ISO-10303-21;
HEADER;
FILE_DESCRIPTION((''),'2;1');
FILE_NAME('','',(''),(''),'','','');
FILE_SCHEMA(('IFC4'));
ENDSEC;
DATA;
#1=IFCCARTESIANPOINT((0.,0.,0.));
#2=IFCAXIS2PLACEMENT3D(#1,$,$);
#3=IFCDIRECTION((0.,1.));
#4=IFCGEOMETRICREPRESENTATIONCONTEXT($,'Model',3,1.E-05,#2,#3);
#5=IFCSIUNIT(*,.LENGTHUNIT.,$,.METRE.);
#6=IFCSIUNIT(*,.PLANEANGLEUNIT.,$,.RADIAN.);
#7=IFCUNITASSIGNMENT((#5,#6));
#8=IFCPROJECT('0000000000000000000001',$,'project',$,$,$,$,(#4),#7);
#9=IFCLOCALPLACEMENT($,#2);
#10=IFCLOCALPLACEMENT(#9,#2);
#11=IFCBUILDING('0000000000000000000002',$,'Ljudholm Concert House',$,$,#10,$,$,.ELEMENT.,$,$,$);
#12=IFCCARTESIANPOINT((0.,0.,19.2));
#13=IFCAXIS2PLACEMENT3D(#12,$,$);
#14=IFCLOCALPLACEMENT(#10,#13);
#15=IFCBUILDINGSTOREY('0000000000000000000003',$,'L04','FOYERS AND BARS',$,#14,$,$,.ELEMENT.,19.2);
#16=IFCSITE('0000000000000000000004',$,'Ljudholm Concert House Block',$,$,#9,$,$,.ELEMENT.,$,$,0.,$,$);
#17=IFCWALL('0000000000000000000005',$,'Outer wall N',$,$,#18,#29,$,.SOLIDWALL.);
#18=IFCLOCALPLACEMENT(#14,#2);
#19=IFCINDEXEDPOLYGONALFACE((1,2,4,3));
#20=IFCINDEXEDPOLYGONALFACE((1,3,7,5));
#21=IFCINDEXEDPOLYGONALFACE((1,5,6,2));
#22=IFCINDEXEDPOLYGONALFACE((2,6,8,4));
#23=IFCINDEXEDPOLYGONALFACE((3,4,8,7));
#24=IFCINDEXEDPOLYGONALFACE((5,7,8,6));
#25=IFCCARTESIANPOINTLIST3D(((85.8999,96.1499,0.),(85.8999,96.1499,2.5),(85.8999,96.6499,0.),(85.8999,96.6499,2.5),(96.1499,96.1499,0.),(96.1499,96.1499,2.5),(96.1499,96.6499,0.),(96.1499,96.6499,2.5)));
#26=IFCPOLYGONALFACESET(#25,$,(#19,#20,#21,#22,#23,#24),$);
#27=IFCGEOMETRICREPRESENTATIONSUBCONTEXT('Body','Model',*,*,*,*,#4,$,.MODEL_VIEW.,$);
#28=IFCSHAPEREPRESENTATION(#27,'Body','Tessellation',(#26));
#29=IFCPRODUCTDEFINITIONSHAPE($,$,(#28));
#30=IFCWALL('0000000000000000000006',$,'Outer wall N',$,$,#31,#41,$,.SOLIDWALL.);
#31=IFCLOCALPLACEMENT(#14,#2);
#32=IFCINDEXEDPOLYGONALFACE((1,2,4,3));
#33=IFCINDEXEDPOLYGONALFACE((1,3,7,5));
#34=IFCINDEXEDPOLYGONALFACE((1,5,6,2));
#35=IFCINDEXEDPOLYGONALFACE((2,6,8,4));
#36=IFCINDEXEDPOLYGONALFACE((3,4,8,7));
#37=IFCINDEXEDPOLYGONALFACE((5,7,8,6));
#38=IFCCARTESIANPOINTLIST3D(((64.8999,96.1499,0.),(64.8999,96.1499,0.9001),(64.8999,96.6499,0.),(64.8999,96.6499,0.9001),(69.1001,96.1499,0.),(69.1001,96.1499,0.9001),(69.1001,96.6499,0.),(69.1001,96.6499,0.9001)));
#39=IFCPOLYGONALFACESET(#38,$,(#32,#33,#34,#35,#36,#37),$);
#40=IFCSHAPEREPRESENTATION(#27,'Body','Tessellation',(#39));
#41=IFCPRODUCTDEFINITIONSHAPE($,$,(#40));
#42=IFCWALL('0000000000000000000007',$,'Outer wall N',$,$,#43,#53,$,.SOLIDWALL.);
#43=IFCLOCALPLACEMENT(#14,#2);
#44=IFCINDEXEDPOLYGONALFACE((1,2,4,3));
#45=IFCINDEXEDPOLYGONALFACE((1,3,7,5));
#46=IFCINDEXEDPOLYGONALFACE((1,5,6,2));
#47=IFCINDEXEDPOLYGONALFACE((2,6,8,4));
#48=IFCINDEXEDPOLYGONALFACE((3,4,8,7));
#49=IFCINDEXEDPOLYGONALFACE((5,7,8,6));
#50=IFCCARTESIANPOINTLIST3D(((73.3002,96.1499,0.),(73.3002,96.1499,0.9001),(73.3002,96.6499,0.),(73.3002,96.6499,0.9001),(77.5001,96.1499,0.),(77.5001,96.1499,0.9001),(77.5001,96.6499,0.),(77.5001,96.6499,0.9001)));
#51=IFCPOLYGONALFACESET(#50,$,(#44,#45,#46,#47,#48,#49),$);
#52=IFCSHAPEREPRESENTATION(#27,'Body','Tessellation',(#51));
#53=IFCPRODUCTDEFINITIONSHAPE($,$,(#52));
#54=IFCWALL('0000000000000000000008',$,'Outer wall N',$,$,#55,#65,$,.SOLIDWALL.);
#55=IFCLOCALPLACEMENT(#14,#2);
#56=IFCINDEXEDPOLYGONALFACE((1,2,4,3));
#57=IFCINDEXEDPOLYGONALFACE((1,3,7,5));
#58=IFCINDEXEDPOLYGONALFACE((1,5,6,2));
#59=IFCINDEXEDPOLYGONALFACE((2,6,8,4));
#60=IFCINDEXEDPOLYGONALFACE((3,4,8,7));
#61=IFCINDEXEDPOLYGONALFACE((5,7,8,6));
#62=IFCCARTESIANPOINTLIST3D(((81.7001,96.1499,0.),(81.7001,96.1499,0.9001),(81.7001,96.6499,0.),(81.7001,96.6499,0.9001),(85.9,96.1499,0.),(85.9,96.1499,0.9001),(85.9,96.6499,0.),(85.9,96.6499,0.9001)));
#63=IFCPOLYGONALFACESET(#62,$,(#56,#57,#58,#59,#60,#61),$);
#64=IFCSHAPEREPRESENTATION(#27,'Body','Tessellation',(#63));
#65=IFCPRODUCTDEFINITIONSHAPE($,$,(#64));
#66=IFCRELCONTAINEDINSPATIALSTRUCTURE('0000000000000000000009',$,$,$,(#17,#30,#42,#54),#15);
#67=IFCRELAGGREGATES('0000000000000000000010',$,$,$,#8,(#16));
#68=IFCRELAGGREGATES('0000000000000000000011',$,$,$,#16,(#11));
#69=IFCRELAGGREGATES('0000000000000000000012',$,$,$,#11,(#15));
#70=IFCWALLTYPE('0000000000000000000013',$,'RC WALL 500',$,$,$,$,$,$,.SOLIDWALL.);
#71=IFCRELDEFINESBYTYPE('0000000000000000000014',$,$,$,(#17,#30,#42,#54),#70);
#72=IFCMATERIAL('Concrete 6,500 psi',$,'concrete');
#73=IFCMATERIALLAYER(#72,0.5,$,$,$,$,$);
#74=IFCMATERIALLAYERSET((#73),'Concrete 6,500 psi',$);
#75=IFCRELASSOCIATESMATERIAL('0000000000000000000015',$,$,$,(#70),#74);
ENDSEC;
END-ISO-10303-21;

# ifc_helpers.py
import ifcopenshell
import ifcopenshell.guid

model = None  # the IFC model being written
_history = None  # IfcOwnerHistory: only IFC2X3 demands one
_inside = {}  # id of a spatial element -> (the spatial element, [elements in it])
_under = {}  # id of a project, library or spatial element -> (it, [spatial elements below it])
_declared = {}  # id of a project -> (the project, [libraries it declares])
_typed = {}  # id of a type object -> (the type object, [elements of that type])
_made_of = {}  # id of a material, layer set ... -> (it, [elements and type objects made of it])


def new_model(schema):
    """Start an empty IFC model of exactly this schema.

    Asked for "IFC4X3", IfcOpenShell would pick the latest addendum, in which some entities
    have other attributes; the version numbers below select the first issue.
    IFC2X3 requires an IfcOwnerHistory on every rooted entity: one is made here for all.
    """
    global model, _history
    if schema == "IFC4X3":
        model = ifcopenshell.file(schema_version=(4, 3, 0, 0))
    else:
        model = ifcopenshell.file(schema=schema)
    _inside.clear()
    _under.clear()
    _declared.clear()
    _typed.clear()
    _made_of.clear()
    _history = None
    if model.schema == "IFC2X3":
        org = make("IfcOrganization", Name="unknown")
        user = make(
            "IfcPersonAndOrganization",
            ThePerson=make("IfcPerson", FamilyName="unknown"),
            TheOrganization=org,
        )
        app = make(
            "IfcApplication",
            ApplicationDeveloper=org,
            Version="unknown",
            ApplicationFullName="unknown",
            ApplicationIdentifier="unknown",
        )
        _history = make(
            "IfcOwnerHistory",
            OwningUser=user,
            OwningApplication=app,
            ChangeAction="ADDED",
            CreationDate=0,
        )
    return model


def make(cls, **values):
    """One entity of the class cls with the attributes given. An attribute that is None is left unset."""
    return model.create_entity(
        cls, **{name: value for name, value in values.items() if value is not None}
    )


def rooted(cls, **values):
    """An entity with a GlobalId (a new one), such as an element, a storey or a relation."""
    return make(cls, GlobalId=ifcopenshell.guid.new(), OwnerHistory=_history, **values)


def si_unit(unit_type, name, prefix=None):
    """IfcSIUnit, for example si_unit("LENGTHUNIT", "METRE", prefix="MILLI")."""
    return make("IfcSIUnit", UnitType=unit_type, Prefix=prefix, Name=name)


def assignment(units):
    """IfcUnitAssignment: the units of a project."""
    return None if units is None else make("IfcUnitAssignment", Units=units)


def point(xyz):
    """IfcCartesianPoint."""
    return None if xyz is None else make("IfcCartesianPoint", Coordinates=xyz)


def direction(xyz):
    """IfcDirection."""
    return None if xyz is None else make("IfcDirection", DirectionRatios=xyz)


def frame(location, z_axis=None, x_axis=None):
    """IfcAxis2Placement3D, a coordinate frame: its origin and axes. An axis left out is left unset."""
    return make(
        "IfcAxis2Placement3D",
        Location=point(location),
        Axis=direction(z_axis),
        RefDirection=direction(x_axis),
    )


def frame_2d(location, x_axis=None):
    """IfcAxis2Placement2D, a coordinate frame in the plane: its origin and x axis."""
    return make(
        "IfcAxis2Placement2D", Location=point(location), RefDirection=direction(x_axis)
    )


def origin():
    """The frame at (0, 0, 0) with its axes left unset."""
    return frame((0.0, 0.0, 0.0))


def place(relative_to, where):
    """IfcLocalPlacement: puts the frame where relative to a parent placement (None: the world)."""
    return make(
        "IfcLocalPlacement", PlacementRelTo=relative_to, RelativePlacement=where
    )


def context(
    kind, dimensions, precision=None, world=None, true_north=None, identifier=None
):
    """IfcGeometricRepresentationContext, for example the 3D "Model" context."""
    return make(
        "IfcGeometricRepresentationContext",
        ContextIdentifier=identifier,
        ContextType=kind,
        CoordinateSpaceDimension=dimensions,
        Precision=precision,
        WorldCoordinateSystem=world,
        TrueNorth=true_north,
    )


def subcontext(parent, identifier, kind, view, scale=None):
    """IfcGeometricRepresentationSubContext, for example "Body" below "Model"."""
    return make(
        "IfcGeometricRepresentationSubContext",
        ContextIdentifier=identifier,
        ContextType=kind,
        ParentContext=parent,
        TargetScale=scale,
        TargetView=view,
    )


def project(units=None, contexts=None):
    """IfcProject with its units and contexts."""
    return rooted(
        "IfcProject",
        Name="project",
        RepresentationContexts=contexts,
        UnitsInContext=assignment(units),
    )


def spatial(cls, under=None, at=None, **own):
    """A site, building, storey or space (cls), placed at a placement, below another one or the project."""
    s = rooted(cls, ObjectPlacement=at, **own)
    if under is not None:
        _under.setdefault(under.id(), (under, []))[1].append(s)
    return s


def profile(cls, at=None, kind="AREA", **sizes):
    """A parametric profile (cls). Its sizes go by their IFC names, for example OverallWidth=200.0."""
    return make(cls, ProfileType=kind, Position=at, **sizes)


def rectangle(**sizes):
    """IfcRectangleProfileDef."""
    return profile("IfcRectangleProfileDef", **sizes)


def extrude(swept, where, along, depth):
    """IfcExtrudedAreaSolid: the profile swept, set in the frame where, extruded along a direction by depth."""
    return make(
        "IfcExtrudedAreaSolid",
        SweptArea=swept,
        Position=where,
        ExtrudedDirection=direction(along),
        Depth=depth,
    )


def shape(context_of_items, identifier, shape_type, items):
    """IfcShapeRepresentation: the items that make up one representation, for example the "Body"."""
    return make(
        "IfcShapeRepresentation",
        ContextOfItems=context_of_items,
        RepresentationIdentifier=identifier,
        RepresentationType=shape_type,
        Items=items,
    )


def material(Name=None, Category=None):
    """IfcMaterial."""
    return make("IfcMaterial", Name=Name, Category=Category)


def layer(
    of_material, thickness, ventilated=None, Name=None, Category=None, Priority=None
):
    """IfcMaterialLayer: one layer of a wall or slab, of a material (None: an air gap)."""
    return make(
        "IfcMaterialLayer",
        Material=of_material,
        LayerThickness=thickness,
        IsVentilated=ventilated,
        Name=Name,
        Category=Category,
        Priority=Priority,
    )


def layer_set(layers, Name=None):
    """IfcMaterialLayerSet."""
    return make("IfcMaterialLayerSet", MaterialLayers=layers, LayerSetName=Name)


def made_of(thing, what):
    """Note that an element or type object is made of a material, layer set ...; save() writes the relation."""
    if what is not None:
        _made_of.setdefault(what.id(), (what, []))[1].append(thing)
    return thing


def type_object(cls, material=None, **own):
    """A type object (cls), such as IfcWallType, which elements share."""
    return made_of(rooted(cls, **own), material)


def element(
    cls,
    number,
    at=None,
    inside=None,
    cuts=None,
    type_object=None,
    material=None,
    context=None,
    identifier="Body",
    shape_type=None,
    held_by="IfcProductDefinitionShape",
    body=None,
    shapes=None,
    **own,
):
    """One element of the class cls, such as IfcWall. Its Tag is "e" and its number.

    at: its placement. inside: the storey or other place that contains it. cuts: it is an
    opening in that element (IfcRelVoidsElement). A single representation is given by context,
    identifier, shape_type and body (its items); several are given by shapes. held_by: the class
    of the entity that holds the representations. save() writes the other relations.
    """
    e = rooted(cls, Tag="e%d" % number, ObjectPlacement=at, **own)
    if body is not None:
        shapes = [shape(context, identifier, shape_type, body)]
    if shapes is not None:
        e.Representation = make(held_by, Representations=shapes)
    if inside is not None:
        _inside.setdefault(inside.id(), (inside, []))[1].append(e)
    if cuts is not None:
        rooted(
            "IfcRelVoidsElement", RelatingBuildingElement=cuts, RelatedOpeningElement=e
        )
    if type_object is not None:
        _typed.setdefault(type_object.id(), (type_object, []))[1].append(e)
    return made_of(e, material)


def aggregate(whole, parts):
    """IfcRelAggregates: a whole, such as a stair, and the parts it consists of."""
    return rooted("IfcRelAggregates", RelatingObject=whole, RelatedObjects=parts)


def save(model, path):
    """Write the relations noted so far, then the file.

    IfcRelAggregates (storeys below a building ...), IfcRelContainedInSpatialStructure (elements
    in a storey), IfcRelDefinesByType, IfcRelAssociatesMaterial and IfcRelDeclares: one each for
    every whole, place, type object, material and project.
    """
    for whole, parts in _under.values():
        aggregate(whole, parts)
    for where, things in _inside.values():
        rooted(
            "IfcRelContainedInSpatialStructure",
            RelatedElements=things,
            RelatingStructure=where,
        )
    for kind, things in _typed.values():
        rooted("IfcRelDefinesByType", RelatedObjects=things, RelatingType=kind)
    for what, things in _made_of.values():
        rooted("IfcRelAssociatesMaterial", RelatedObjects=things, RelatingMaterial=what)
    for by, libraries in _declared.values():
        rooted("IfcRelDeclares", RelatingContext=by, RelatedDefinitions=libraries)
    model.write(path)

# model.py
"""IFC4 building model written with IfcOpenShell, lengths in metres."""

from ifc_helpers import new_model, si_unit, direction, frame, frame_2d, origin, place, context, subcontext, project, spatial, rectangle, extrude, material, layer, layer_set, type_object, element, save


model = new_model("IFC4")

# Units and contexts
model_context = context("Model", 3, precision=1e-05, world=origin(), true_north=direction((0.0, 1.0)))
body_context = subcontext(model_context, "Body", "Model", "MODEL_VIEW")
ifc_project = project(units=[si_unit("LENGTHUNIT", "METRE"), si_unit("PLANEANGLEUNIT", "RADIAN")], contexts=[model_context])

# Site, building, storey
site_placement = place(None, origin())
site = spatial("IfcSite", under=ifc_project, at=site_placement, Name="Ljudholm Concert House Block", CompositionType="ELEMENT", RefElevation=0.0)
building_placement = place(site_placement, origin())
building = spatial("IfcBuilding", under=site, at=building_placement, Name="Ljudholm Concert House", CompositionType="ELEMENT")
storey_placement = place(building_placement, frame((0.0, 0.0, 19.2)))
storey = spatial("IfcBuildingStorey", under=building, at=storey_placement, Name="L04", Description="FOYERS AND BARS", CompositionType="ELEMENT", Elevation=19.2)

# Walls
ifc_material_1 = material(Name="Concrete 6,500 psi", Category="concrete")
ifc_layer_1 = layer(ifc_material_1, 0.5)
ifc_layer_set_1 = layer_set([ifc_layer_1], Name="Concrete 6,500 psi")
wall_type = type_object("IfcWallType", Name="RC WALL 500", PredefinedType="SOLIDWALL", material=ifc_layer_set_1)
wall_1_placement = place(storey_placement, frame((85.8999, 96.3999, 0.0), z_axis=(0.0, 0.0, 1.0), x_axis=(1.0, 0.0, 0.0)))
element("IfcWall", 1, at=wall_1_placement, inside=storey, type_object=wall_type, Name="Outer wall N", PredefinedType="SOLIDWALL", context=body_context, shape_type="SweptSolid", body=[
    extrude(rectangle(XDim=10.25, YDim=0.5, at=frame_2d((5.125, 0.0))), origin(), (0.0, 0.0, 1.0), 2.5),
])
wall_2_placement = place(storey_placement, frame((64.8999, 96.3999, 0.0), z_axis=(0.0, 0.0, 1.0), x_axis=(1.0, 0.0, 0.0)))
element("IfcWall", 2, at=wall_2_placement, inside=storey, type_object=wall_type, Name="Outer wall N", PredefinedType="SOLIDWALL", context=body_context, shape_type="SweptSolid", body=[
    extrude(rectangle(XDim=4.2002, YDim=0.5, at=frame_2d((2.1001, 0.0))), origin(), (0.0, 0.0, 1.0), 0.9001),
])
for number, where, z_axis, x_axis, name in (
    (3, (73.3, 96.3999, 0.0), (0.0, 0.0, 1.0), (1.0, 0.0, 0.0), "Outer wall N"),
    (4, (81.7, 96.3999, 0.0), (0.0, 0.0, 1.0), (1.0, 0.0, 0.0), "Outer wall N"),
):
    element("IfcWall", number, at=place(storey_placement, frame(where, z_axis=z_axis, x_axis=x_axis)), inside=storey, type_object=wall_type, Name=name, PredefinedType="SOLIDWALL", context=body_context, shape_type="SweptSolid", body=[
        extrude(rectangle(XDim=4.2, YDim=0.5, at=frame_2d((2.1001, 0.0))), origin(), (0.0, 0.0, 1.0), 0.9001),
    ])

save(model, "model.ifc")
